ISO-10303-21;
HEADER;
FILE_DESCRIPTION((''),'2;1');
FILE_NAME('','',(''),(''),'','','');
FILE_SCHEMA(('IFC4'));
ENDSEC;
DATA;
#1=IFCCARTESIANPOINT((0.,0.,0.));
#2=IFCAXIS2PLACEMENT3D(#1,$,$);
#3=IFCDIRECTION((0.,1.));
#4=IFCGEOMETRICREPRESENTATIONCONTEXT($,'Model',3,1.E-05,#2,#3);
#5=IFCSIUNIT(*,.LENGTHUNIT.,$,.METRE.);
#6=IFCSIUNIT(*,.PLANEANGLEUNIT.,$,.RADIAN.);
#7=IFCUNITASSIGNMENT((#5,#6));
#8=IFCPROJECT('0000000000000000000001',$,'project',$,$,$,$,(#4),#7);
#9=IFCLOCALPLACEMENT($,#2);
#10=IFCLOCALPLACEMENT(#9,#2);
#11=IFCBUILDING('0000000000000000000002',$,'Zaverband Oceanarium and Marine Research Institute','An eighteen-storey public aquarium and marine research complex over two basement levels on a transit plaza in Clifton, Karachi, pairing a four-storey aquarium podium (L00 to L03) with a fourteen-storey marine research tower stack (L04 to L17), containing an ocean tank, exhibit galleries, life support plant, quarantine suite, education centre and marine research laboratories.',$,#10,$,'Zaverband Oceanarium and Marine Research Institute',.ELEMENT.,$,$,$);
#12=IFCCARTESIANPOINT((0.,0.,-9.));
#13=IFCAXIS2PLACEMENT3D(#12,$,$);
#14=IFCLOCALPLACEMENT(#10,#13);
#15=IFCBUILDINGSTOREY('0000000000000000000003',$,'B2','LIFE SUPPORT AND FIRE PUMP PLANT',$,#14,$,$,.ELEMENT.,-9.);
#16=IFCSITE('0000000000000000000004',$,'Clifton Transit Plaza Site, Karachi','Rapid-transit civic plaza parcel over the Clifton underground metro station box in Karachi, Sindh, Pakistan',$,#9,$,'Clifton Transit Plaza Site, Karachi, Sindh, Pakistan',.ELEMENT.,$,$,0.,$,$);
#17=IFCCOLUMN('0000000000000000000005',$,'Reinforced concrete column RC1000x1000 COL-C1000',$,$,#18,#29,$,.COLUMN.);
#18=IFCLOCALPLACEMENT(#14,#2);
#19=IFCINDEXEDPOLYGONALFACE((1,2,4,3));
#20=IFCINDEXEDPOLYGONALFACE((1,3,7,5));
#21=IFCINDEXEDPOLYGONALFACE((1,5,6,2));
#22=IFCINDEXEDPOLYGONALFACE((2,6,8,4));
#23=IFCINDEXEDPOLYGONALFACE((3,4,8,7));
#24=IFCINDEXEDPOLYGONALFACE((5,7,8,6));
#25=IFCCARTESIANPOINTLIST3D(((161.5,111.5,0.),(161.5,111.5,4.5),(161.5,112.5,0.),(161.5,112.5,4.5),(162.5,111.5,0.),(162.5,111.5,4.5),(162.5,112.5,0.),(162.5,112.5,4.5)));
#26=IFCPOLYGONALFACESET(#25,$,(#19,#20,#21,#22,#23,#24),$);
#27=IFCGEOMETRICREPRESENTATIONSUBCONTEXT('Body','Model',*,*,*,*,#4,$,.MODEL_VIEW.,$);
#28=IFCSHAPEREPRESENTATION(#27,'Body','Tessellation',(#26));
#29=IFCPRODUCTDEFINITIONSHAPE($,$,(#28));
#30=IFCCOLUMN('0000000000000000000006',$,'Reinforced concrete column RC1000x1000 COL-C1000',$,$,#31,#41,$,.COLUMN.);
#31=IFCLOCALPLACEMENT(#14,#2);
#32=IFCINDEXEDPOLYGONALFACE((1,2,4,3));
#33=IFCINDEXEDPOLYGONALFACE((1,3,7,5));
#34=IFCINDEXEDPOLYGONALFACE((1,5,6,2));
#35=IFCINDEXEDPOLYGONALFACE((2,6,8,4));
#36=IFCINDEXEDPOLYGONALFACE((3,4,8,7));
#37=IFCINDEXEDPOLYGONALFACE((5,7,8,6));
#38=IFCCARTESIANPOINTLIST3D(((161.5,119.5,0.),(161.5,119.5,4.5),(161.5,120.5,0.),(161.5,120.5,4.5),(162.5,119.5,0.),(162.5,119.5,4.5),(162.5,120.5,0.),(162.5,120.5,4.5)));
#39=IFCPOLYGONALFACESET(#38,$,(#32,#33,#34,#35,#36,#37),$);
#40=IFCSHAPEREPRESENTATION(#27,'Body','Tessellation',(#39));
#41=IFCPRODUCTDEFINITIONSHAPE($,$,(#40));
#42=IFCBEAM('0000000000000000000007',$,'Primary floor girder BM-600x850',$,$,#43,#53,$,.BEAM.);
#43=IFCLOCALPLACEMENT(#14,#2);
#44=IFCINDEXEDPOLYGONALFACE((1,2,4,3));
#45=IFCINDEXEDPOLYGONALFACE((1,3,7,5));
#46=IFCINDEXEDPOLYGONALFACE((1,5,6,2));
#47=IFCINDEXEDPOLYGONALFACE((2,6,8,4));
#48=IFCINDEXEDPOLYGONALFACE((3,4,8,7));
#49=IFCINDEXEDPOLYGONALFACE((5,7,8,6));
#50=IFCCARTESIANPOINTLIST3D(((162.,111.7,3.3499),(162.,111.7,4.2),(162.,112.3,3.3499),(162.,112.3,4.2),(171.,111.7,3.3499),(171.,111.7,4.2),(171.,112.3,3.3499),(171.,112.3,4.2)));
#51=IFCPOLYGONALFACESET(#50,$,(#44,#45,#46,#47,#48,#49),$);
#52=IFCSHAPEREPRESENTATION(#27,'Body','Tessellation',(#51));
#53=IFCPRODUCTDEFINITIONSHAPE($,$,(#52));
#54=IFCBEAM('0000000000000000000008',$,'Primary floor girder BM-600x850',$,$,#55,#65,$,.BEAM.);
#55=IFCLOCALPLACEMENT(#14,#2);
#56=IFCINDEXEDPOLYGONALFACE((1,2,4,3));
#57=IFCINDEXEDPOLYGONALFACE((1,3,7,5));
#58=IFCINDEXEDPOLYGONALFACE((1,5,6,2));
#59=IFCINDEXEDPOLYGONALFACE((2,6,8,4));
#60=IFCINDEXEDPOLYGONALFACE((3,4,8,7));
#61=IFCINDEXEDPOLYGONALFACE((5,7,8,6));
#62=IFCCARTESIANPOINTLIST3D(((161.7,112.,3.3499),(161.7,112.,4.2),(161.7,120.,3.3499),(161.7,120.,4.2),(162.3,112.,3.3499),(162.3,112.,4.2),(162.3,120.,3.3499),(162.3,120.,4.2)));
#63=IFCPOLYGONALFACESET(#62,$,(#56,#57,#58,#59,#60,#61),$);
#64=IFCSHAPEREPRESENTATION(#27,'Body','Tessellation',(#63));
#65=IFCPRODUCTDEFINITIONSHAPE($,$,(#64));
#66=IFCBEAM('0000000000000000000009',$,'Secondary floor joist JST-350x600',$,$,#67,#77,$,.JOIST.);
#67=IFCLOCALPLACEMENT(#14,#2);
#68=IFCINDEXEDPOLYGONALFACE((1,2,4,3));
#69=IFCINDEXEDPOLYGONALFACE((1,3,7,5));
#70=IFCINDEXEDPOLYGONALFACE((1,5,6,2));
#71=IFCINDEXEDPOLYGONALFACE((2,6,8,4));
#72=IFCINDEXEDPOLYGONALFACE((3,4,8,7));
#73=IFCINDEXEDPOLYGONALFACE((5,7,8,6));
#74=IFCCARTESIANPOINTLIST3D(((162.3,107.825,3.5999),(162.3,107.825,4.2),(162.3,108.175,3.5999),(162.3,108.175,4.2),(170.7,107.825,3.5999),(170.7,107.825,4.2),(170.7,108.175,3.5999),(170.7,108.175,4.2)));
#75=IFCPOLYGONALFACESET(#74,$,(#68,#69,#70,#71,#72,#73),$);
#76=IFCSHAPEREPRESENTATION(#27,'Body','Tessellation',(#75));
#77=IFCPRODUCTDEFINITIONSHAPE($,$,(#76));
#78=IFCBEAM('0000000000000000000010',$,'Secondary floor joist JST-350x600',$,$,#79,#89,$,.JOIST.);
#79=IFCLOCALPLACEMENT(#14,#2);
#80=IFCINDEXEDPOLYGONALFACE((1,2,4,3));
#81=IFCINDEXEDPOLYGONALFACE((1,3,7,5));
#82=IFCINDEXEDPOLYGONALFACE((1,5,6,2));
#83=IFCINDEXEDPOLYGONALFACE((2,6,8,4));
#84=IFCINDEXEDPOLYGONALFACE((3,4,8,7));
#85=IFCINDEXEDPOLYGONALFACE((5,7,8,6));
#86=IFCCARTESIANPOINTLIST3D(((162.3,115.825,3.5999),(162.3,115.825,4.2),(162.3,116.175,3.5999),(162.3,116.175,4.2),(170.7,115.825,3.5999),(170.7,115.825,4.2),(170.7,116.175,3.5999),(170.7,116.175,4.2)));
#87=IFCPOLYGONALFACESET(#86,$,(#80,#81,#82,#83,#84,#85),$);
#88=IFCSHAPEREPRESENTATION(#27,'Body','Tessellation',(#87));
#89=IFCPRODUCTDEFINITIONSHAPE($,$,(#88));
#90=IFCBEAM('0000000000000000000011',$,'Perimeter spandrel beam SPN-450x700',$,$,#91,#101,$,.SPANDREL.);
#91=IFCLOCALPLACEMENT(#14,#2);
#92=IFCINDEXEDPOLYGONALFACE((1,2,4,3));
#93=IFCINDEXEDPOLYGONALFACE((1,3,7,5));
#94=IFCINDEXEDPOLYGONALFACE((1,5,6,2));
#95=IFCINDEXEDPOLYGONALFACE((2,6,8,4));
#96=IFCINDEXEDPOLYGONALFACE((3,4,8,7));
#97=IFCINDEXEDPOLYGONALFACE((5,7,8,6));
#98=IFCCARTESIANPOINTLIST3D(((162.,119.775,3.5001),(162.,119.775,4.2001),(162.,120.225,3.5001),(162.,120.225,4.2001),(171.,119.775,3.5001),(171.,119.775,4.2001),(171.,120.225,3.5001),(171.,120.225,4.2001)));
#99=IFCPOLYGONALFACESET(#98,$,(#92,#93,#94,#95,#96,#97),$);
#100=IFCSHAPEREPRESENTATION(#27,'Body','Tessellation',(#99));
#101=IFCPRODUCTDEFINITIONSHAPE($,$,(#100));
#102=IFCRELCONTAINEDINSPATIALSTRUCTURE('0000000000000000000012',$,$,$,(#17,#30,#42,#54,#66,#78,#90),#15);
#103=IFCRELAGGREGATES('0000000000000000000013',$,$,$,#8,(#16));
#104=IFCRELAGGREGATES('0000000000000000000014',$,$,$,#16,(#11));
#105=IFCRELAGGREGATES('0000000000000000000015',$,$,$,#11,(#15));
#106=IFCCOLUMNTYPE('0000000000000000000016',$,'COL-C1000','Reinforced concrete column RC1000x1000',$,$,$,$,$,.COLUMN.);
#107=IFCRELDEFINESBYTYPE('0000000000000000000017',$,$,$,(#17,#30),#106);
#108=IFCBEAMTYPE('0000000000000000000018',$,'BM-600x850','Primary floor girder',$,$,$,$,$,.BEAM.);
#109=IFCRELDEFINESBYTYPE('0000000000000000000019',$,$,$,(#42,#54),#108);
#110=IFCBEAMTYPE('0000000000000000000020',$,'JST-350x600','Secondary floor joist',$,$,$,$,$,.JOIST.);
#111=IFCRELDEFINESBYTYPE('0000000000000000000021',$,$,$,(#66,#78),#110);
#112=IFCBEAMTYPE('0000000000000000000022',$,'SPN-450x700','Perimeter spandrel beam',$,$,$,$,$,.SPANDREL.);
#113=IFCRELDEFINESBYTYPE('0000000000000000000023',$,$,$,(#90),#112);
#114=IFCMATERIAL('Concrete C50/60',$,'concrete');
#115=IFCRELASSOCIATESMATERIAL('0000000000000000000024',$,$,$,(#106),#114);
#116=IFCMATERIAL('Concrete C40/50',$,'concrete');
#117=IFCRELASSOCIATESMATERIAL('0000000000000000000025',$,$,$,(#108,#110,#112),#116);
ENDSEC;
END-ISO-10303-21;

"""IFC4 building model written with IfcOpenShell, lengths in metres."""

from ifc_helpers import new_model, si_unit, direction, frame, origin, origin_2d, place, context, subcontext, project, spatial, rectangle, extrude, material, material_profile, profile_set, type_object, element, save


model = new_model("IFC4")

# Units and contexts
model_context = context("Model", 3, precision=1e-05, world=origin(), true_north=direction((0.0, 1.0)))
body_context = subcontext(model_context, "Body", "Model", "MODEL_VIEW")
ifc_project = project(units=[si_unit("LENGTHUNIT", "METRE"), si_unit("PLANEANGLEUNIT", "RADIAN")], contexts=[model_context])

# Site, building, storey
site_placement = place(None, origin())
site = spatial("IfcSite", under=ifc_project, at=site_placement, Name="Clifton Transit Plaza Site, Karachi", Description="Rapid-transit civic plaza parcel over the Clifton underground metro station box in Karachi, Sindh, Pakistan", LongName="Clifton Transit Plaza Site, Karachi, Sindh, Pakistan", CompositionType="ELEMENT", RefElevation=0.0)
building_placement = place(site_placement, origin())
building = spatial("IfcBuilding", under=site, at=building_placement, Name="Zaverband Oceanarium and Marine Research Institute", Description="An eighteen-storey public aquarium and marine research complex over two basement levels on a transit plaza in Clifton, Karachi, pairing a four-storey aquarium podium (L00 to L03) with a fourteen-storey marine research tower stack (L04 to L17), containing an ocean tank, exhibit galleries, life support plant, quarantine suite, education centre and marine research laboratories.", LongName="Zaverband Oceanarium and Marine Research Institute", CompositionType="ELEMENT")
storey_placement = place(building_placement, frame((0.0, 0.0, -9.0)))
storey = spatial("IfcBuildingStorey", under=building, at=storey_placement, Name="B2", Description="LIFE SUPPORT AND FIRE PUMP PLANT", CompositionType="ELEMENT", Elevation=-9.0)

# Shared definitions
ifc_material_1 = material(Name="Concrete C50/60", Category="concrete")

# Columns
ifc_material_profile_1 = material_profile(ifc_material_1, rectangle(XDim=1.0, YDim=1.0, at=origin_2d()), Name="RC1000x1000")
ifc_profile_set_1 = profile_set([ifc_material_profile_1], Name="Concrete C50/60")
column_type = type_object("IfcColumnType", Name="COL-C1000", Description="Reinforced concrete column RC1000x1000", PredefinedType="COLUMN", material=ifc_profile_set_1)
for number, where, z_axis, x_axis, name in (
    (1, (162.0, 112.0, 0.0), (0.0, 0.0, 1.0), (1.0, 0.0, 0.0), "Reinforced concrete column RC1000x1000 COL-C1000"),
    (2, (162.0, 120.0, 0.0), (0.0, 0.0, 1.0), (1.0, 0.0, 0.0), "Reinforced concrete column RC1000x1000 COL-C1000"),
):
    element("IfcColumn", number, at=place(storey_placement, frame(where, z_axis=z_axis, x_axis=x_axis)), inside=storey, type_object=column_type, Name=name, PredefinedType="COLUMN", context=body_context, shape_type="SweptSolid", body=[
        extrude(rectangle(XDim=1.0, YDim=1.0, at=origin_2d()), origin(), (0.0, 0.0, 1.0), 4.5),
    ])

# Beams
ifc_material_2 = material(Name="Concrete C40/50", Category="concrete")
ifc_material_profile_2 = material_profile(ifc_material_2, rectangle(XDim=0.6001, YDim=0.8501, at=origin_2d()), Name="RC600x850")
ifc_profile_set_2 = profile_set([ifc_material_profile_2], Name="Concrete C40/50")
beam_type_1 = type_object("IfcBeamType", Name="BM-600x850", Description="Primary floor girder", PredefinedType="BEAM", material=ifc_profile_set_2)
beam_1_placement = place(storey_placement, frame((162.0, 112.0, 3.7749), z_axis=(1.0, 0.0, 0.0), x_axis=(0.0, 1.0, 0.0)))
element("IfcBeam", 3, at=beam_1_placement, inside=storey, type_object=beam_type_1, Name="Primary floor girder BM-600x850", PredefinedType="BEAM", context=body_context, shape_type="SweptSolid", body=[
    extrude(rectangle(XDim=0.6001, YDim=0.8501, at=origin_2d()), origin(), (0.0, 0.0, 1.0), 9.0),
])
beam_2_placement = place(storey_placement, frame((162.0, 112.0, 3.7749), z_axis=(0.0, 1.0, 0.0), x_axis=(-1.0, 0.0, 0.0)))
element("IfcBeam", 4, at=beam_2_placement, inside=storey, type_object=beam_type_1, Name="Primary floor girder BM-600x850", PredefinedType="BEAM", context=body_context, shape_type="SweptSolid", body=[
    extrude(rectangle(XDim=0.6001, YDim=0.8501, at=origin_2d()), origin(), (0.0, 0.0, 1.0), 8.0),
])
ifc_material_profile_3 = material_profile(ifc_material_2, rectangle(XDim=0.3501, YDim=0.6001, at=origin_2d()), Name="RC350x600")
ifc_profile_set_3 = profile_set([ifc_material_profile_3], Name="Concrete C40/50")
beam_type_2 = type_object("IfcBeamType", Name="JST-350x600", Description="Secondary floor joist", PredefinedType="JOIST", material=ifc_profile_set_3)
for number, where, z_axis, x_axis, name in (
    (5, (162.3, 108.0, 3.8999), (1.0, 0.0, 0.0), (0.0, 1.0, 0.0), "Secondary floor joist JST-350x600"),
    (6, (162.3, 116.0, 3.8999), (1.0, 0.0, 0.0), (0.0, 1.0, 0.0), "Secondary floor joist JST-350x600"),
):
    element("IfcBeam", number, at=place(storey_placement, frame(where, z_axis=z_axis, x_axis=x_axis)), inside=storey, type_object=beam_type_2, Name=name, PredefinedType="JOIST", context=body_context, shape_type="SweptSolid", body=[
        extrude(rectangle(XDim=0.3501, YDim=0.6001, at=origin_2d()), origin(), (0.0, 0.0, 1.0), 8.3999),
    ])
ifc_material_profile_4 = material_profile(ifc_material_2, rectangle(XDim=0.45, YDim=0.7, at=origin_2d()), Name="RC450x700")
ifc_profile_set_4 = profile_set([ifc_material_profile_4], Name="Concrete C40/50")
beam_type_3 = type_object("IfcBeamType", Name="SPN-450x700", Description="Perimeter spandrel beam", PredefinedType="SPANDREL", material=ifc_profile_set_4)
beam_3_placement = place(storey_placement, frame((162.0, 120.0, 3.8501), z_axis=(1.0, 0.0, 0.0), x_axis=(0.0, 1.0, 0.0)))
element("IfcBeam", 7, at=beam_3_placement, inside=storey, type_object=beam_type_3, Name="Perimeter spandrel beam SPN-450x700", PredefinedType="SPANDREL", context=body_context, shape_type="SweptSolid", body=[
    extrude(rectangle(XDim=0.45, YDim=0.7, at=origin_2d()), origin(), (0.0, 0.0, 1.0), 9.0),
])

save(model, "model.ifc")
